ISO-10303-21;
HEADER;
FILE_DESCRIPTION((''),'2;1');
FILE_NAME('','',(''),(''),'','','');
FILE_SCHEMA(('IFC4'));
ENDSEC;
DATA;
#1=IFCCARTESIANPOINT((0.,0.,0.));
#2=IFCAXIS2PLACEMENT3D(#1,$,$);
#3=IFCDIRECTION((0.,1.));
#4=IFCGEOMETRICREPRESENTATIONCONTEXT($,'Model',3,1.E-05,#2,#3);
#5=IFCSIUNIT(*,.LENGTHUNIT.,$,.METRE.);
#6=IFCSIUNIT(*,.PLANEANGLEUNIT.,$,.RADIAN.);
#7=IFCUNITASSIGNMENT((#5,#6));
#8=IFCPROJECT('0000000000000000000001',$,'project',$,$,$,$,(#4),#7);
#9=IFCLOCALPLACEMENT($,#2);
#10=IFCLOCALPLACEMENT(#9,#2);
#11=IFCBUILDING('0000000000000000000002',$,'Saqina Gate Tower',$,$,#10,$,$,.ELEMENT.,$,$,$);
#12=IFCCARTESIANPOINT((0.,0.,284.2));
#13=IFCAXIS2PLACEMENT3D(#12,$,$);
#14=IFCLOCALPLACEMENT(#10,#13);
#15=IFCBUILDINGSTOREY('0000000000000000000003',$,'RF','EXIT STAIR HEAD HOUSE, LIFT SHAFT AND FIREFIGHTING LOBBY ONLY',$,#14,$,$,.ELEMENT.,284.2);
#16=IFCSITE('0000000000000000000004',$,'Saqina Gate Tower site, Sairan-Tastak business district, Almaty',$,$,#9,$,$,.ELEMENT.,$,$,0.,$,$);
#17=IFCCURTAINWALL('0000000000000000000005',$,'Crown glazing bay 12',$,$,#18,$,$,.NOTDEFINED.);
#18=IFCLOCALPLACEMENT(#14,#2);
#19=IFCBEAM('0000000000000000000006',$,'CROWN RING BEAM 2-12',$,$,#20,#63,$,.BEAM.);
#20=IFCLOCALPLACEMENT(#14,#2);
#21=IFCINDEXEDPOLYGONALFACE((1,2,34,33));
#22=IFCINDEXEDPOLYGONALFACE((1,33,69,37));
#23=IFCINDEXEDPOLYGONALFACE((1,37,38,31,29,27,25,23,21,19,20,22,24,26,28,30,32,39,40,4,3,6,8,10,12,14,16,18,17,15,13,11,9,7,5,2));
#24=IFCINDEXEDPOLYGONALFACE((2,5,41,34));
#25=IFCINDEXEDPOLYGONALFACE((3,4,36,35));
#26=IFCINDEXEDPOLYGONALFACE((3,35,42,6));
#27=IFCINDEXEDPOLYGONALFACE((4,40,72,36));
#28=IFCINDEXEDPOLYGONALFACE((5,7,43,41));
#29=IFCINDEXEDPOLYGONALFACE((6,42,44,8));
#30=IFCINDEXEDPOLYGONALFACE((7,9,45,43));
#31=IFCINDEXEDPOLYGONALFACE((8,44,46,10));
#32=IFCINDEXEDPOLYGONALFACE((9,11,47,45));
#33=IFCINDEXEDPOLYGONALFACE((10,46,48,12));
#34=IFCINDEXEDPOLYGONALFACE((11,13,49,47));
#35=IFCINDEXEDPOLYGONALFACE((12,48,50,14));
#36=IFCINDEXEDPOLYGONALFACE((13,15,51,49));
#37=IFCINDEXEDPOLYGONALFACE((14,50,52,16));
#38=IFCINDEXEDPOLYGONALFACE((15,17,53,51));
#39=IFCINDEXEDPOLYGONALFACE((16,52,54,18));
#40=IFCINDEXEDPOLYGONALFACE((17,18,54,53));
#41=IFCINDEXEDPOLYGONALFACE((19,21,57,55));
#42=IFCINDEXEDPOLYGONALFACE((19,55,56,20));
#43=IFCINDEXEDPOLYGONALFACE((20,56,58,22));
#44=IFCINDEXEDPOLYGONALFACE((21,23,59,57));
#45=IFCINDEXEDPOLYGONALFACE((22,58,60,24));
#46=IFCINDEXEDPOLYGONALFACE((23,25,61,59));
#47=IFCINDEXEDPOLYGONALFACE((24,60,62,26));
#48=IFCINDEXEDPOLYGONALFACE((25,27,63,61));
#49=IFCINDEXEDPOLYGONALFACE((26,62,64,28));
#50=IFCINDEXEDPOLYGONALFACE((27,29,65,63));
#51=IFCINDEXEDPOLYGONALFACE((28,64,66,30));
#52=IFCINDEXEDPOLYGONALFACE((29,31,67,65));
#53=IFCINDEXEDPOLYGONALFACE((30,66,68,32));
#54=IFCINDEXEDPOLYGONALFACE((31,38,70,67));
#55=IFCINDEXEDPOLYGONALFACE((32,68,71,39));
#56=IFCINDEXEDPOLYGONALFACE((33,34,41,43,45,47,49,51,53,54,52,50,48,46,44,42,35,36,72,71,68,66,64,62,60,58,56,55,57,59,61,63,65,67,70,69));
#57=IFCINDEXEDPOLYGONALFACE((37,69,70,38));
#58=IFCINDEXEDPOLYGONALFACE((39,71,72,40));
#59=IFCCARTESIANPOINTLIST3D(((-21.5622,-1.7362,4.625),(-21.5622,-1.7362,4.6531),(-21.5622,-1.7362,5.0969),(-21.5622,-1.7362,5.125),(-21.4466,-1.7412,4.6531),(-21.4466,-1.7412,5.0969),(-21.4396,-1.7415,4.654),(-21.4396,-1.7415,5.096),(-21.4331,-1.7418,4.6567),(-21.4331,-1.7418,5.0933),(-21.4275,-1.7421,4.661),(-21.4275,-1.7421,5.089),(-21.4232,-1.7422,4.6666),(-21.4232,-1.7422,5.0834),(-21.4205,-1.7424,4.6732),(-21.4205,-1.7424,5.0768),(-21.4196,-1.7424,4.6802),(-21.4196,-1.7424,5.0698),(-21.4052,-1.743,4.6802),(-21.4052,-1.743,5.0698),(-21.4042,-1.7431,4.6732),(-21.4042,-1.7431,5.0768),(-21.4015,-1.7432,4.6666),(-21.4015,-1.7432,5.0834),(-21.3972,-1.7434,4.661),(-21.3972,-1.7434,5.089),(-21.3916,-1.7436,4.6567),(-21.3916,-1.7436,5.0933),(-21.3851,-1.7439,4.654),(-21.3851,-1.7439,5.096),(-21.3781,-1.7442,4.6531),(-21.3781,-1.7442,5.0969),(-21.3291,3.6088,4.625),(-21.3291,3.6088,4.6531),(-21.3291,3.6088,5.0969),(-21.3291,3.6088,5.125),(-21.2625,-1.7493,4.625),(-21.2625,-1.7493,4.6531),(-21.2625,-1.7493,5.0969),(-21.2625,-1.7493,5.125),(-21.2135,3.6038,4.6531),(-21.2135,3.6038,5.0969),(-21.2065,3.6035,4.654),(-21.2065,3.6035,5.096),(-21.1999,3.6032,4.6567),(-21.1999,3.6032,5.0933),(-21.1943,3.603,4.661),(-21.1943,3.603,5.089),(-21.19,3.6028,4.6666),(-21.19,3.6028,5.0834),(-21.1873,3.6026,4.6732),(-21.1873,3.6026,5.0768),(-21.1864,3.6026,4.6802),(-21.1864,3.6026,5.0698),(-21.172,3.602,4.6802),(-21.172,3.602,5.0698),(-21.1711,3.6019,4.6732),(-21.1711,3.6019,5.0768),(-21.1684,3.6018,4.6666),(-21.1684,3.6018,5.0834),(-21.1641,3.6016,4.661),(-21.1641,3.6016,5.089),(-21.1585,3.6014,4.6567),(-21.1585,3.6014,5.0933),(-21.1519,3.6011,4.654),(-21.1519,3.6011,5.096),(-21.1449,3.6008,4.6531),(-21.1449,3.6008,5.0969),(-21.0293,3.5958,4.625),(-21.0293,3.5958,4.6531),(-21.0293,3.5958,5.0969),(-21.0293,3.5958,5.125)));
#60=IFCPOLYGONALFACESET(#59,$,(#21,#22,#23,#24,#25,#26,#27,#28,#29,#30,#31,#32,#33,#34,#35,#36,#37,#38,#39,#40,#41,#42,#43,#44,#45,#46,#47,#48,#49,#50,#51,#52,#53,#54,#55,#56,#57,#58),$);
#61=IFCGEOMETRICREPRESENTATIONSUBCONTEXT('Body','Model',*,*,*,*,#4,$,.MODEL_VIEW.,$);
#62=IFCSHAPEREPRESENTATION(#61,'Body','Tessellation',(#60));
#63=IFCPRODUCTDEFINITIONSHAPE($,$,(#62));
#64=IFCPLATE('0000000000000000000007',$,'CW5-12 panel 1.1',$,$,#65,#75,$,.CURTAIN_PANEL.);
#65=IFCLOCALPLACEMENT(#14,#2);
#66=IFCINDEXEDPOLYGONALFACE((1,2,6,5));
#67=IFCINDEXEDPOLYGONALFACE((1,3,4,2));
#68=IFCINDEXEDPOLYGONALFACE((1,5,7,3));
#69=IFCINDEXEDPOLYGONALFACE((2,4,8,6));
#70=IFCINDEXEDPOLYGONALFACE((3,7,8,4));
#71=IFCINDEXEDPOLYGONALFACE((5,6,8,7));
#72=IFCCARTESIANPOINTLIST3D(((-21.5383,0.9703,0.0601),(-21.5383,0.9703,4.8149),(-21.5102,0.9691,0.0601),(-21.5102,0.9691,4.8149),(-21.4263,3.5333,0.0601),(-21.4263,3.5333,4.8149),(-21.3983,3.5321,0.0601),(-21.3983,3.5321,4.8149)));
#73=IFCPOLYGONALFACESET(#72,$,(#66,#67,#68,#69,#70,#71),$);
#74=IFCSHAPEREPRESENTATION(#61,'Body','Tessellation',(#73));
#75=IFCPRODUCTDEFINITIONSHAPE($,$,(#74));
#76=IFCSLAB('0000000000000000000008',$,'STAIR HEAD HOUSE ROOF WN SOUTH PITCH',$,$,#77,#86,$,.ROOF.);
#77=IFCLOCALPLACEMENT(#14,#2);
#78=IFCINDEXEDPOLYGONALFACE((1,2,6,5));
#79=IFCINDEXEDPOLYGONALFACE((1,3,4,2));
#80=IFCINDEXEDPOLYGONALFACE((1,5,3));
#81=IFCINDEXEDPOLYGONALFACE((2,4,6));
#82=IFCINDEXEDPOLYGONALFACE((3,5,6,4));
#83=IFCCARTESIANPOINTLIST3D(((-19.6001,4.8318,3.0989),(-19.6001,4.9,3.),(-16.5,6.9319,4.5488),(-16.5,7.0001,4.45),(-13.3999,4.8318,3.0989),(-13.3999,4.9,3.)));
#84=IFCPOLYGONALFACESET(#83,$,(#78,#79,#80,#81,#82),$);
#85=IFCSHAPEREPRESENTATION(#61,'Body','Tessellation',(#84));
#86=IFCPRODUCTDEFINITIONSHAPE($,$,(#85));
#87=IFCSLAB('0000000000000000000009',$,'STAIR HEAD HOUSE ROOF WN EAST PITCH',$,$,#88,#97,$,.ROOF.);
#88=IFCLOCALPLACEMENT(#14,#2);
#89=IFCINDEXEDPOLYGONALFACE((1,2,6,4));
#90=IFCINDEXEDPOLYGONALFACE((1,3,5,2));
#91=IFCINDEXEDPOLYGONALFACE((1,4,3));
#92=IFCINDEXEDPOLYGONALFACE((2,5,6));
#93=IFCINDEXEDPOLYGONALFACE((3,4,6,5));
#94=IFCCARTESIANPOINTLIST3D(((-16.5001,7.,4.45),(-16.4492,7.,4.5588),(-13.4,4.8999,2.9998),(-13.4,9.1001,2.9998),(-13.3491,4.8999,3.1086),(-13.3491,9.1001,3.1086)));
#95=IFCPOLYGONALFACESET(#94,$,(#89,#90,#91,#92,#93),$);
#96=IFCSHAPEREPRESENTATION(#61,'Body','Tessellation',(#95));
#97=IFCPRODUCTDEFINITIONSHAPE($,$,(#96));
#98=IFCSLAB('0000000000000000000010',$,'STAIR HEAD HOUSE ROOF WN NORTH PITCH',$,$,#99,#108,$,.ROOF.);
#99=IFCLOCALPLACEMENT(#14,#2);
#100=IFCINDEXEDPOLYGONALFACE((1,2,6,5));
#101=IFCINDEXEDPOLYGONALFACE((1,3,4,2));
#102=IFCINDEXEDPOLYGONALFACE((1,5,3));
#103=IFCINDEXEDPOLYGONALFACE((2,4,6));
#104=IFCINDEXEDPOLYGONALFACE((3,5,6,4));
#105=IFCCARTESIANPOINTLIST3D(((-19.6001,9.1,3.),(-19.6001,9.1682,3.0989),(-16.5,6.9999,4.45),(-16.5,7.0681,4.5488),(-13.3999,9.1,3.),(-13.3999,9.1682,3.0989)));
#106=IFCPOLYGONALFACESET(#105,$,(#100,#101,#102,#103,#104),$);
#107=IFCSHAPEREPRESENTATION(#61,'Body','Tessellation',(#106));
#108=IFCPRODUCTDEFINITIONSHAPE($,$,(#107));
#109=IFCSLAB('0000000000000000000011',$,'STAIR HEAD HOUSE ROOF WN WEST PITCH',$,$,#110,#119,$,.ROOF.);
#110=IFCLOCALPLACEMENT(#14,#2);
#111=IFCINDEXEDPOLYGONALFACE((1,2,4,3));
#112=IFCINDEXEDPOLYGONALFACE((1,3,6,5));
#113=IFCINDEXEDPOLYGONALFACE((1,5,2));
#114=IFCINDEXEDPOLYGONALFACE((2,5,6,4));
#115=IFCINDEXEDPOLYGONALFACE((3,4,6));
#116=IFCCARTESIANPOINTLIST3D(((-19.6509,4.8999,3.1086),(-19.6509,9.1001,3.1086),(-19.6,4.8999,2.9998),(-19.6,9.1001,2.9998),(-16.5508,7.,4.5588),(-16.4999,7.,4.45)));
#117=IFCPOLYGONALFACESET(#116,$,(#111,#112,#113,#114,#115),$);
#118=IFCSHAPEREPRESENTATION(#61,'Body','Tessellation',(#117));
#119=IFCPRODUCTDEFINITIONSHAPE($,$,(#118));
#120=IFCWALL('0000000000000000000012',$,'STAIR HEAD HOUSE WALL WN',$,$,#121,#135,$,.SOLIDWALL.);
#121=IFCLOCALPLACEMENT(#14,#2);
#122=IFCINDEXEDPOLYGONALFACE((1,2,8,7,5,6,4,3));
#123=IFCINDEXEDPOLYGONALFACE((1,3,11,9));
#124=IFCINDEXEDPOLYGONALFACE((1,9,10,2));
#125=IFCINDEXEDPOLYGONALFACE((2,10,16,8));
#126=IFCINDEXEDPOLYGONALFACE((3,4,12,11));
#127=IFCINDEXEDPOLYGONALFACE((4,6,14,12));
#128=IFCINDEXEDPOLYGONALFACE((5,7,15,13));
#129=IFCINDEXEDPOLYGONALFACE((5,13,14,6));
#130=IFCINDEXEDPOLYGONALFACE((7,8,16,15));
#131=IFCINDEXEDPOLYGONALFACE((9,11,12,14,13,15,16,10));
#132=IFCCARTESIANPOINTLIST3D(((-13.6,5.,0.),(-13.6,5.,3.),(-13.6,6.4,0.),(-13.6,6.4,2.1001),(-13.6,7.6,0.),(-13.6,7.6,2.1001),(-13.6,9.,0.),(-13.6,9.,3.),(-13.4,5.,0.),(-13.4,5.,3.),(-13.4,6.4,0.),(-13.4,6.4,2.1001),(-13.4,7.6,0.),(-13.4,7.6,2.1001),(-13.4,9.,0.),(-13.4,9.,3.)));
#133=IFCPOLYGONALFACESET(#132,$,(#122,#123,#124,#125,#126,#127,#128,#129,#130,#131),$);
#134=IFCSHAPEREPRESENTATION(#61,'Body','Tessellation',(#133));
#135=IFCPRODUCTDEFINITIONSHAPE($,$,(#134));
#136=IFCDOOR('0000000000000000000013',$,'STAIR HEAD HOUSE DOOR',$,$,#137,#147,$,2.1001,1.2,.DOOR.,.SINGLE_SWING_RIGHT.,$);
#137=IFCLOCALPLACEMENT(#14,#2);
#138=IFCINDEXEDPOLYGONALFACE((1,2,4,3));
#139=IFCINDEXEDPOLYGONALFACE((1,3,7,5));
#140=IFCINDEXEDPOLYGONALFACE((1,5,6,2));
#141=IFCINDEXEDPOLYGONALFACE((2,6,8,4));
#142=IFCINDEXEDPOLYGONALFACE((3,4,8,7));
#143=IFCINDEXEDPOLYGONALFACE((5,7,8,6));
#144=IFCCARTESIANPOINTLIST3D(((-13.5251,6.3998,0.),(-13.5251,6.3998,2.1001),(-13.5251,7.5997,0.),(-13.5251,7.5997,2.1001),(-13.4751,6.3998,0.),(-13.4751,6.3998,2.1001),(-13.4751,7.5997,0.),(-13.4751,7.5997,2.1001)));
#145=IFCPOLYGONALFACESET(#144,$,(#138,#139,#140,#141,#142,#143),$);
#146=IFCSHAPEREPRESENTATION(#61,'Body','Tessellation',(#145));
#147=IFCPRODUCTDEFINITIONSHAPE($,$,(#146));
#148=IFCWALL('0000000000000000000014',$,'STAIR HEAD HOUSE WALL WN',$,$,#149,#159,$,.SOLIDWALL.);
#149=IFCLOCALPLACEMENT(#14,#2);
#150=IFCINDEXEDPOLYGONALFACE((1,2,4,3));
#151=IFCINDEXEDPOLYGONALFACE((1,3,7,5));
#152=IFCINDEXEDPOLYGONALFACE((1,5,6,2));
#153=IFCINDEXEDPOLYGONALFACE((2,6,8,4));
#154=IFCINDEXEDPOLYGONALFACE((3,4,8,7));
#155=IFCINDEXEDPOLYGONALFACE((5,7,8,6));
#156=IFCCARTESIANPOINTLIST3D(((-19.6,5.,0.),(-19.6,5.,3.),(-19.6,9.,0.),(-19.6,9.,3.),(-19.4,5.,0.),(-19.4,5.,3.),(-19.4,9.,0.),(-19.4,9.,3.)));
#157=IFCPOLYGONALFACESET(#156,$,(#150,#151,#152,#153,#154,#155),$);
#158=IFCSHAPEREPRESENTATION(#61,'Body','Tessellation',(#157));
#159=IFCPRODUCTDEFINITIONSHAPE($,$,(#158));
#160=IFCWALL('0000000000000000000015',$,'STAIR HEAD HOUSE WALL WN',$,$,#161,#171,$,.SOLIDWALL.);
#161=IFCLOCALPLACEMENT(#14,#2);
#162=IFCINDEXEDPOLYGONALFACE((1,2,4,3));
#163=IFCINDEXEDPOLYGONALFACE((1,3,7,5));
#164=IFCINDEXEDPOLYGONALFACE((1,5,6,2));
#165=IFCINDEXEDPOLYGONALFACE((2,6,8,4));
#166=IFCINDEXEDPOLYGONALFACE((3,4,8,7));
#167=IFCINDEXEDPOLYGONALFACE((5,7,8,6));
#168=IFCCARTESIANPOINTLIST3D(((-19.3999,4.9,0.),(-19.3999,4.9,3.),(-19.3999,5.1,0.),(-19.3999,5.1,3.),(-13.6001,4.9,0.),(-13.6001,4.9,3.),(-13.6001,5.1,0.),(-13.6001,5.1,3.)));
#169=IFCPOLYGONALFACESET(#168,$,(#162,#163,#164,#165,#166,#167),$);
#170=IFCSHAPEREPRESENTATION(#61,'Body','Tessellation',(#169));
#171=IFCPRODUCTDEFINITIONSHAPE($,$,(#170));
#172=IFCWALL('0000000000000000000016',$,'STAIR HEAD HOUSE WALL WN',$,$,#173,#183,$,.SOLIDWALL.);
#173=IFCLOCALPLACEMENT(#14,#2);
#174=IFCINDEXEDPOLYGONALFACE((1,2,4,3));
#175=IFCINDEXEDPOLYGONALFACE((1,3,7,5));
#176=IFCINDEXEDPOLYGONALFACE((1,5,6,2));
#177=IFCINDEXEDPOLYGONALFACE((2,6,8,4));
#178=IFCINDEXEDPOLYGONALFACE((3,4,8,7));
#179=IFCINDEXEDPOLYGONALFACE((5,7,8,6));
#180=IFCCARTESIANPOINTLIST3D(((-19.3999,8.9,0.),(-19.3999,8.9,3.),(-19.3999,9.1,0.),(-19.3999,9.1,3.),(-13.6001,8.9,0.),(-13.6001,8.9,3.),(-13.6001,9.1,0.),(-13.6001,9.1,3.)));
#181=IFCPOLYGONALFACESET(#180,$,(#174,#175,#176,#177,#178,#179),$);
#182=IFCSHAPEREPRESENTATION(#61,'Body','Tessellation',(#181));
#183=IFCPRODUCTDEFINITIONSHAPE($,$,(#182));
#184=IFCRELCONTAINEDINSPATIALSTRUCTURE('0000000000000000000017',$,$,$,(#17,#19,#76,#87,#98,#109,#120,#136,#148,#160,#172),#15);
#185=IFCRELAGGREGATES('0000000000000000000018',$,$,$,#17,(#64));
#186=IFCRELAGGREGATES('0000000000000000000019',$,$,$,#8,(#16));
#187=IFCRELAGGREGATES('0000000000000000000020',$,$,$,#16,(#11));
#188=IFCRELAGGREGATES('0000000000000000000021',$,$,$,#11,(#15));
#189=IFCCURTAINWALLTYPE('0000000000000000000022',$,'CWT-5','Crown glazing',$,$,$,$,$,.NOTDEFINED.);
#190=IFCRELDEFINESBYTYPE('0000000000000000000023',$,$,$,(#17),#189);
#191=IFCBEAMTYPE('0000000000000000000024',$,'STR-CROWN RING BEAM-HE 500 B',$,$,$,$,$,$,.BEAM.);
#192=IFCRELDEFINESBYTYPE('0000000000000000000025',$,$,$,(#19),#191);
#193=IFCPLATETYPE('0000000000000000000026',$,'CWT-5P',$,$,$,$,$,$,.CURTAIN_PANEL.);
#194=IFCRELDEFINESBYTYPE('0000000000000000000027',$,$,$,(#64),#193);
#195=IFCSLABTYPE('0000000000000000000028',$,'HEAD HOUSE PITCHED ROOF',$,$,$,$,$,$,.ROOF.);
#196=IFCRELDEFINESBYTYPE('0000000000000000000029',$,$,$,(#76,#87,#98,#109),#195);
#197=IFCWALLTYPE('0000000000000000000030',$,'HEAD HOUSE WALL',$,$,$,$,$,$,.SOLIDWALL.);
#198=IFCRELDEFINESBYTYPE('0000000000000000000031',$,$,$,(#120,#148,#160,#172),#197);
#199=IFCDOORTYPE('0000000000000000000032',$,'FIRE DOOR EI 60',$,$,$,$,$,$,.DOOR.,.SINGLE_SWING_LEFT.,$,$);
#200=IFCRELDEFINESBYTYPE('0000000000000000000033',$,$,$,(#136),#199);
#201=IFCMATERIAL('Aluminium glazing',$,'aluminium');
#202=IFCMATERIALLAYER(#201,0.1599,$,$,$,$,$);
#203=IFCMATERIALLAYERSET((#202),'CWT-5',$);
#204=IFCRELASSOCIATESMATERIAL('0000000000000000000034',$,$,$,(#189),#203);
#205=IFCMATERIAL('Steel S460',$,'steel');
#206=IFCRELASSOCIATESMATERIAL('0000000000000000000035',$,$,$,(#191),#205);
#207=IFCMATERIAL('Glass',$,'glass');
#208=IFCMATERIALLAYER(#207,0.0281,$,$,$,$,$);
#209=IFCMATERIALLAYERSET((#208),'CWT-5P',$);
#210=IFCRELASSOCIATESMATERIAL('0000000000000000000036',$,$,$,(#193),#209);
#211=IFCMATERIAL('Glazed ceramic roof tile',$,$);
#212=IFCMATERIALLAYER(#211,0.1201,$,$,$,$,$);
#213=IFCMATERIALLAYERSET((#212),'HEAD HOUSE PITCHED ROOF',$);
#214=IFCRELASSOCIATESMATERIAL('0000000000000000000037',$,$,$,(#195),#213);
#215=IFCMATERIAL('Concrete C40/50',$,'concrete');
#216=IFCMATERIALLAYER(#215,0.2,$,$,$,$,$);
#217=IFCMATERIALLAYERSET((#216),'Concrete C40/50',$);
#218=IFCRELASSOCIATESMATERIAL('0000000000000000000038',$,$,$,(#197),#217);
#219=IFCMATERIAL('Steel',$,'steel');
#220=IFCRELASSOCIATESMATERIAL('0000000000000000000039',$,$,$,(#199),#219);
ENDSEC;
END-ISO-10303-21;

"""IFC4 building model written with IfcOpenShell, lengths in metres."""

from ifc_helpers import new_model, si_unit, direction, frame, frame_2d, origin, origin_2d, place, context, subcontext, project, spatial, polyline, rectangle, i_section, outline, extrude, material, layer, layer_set, material_profile, profile_set, type_object, element, fill, aggregate, save


model = new_model("IFC4")

# Units and contexts
model_context = context("Model", 3, precision=1e-05, world=origin(), true_north=direction((0.0, 1.0)))
body_context = subcontext(model_context, "Body", "Model", "MODEL_VIEW")
ifc_project = project(units=[si_unit("LENGTHUNIT", "METRE"), si_unit("PLANEANGLEUNIT", "RADIAN")], contexts=[model_context])

# Site, building, storey
site_placement = place(None, origin())
site = spatial("IfcSite", under=ifc_project, at=site_placement, Name="Saqina Gate Tower site, Sairan-Tastak business district, Almaty", CompositionType="ELEMENT", RefElevation=0.0)
building_placement = place(site_placement, origin())
building = spatial("IfcBuilding", under=site, at=building_placement, Name="Saqina Gate Tower", CompositionType="ELEMENT")
storey_placement = place(building_placement, frame((0.0, 0.0, 284.2)))
storey = spatial("IfcBuildingStorey", under=building, at=storey_placement, Name="RF", Description="EXIT STAIR HEAD HOUSE, LIFT SHAFT AND FIREFIGHTING LOBBY ONLY", CompositionType="ELEMENT", Elevation=284.2)

# Shared definitions
ifc_material_1 = material(Name="Aluminium glazing", Category="aluminium")
ifc_layer_1 = layer(ifc_material_1, 0.1599)
ifc_layer_set_1 = layer_set([ifc_layer_1], Name="CWT-5")
curtain_wall_type = type_object("IfcCurtainWallType", Name="CWT-5", Description="Crown glazing", PredefinedType="NOTDEFINED", material=ifc_layer_set_1)

# Curtain wall
curtain_wall_1_placement = place(storey_placement, origin())
curtain_wall_1 = element("IfcCurtainWall", 1, at=curtain_wall_1_placement, inside=storey, type_object=curtain_wall_type, Name="Crown glazing bay 12", PredefinedType="NOTDEFINED")

# Beam
ifc_material_2 = material(Name="Steel S460", Category="steel")
ifc_material_profile_1 = material_profile(ifc_material_2, i_section(OverallWidth=0.3, OverallDepth=0.5, WebThickness=0.0144, FlangeThickness=0.0281, FilletRadius=0.0271, at=origin_2d()), Name="HE 500 B")
ifc_profile_set_1 = profile_set([ifc_material_profile_1], Name="Steel S460")
beam_type = type_object("IfcBeamType", Name="STR-CROWN RING BEAM-HE 500 B", PredefinedType="BEAM", material=ifc_profile_set_1)
for number, where, z_axis, x_axis, name in (
    (2, (-21.1792, 3.6023, 4.875), (-0.04358, -0.99905, 0.0), (0.99905, -0.04358, 0.0), "CROWN RING BEAM 2-12"),
):
    element("IfcBeam", number, at=place(storey_placement, frame(where, z_axis=z_axis, x_axis=x_axis)), inside=storey, type_object=beam_type, Name=name, PredefinedType="BEAM", context=body_context, shape_type="SweptSolid", body=[
        extrude(i_section(OverallWidth=0.3, OverallDepth=0.5, WebThickness=0.0144, FlangeThickness=0.0281, FilletRadius=0.0271, at=origin_2d()), origin(), (0.0, 0.0, 1.0), 5.3501),
    ])

# Plate
ifc_material_3 = material(Name="Glass", Category="glass")
ifc_layer_2 = layer(ifc_material_3, 0.0281)
ifc_layer_set_2 = layer_set([ifc_layer_2], Name="CWT-5P")
plate_type = type_object("IfcPlateType", Name="CWT-5P", PredefinedType="CURTAIN_PANEL", material=ifc_layer_set_2)
plate_placement = place(storey_placement, frame((-21.4683, 2.2512, 0.0601), z_axis=(0.0, 0.0, 1.0), x_axis=(-0.043629, -0.999048, 0.0)))
plate = element("IfcPlate", 3, at=plate_placement, type_object=plate_type, Name="CW5-12 panel 1.1", PredefinedType="CURTAIN_PANEL", context=body_context, shape_type="SweptSolid", body=[
    extrude(rectangle(XDim=2.5654, YDim=0.0281, at=origin_2d()), origin(), (0.0, 0.0, 1.0), 4.7549),
])
aggregate(curtain_wall_1, [plate])

# Slabs
ifc_material_4 = material(Name="Glazed ceramic roof tile")
ifc_layer_3 = layer(ifc_material_4, 0.1201)
ifc_layer_set_3 = layer_set([ifc_layer_3], Name="HEAD HOUSE PITCHED ROOF")
slab_type = type_object("IfcSlabType", Name="HEAD HOUSE PITCHED ROOF", PredefinedType="ROOF", material=ifc_layer_set_3)
slab_1_placement = place(storey_placement, frame((-19.6001, 4.8318, 3.0989), z_axis=(0.0, -0.56816, 0.822918), x_axis=(1.0, 0.0, 0.0)))
element("IfcSlab", 4, at=slab_1_placement, inside=storey, type_object=slab_type, Name="STAIR HEAD HOUSE ROOF WN SOUTH PITCH", PredefinedType="ROOF", context=body_context, shape_type="SweptSolid", body=[
    extrude(outline(polyline([(0.0, 0.0), (6.2002, 0.0), (3.1001, 2.552), (0.0, 0.0)])), origin(), (0.0, 0.0, -1.0), 0.1201),
])
slab_2_placement = place(storey_placement, frame((-13.3491, 4.8999, 3.1086), z_axis=(0.423721, 0.0, 0.905793), x_axis=(0.0, 1.0, 0.0)))
element("IfcSlab", 5, at=slab_2_placement, inside=storey, type_object=slab_type, Name="STAIR HEAD HOUSE ROOF WN EAST PITCH", PredefinedType="ROOF", context=body_context, shape_type="SweptSolid", body=[
    extrude(outline(polyline([(0.0, 0.0), (4.2002, 0.0), (2.1001, 3.4225), (0.0, 0.0)])), origin(), (0.0, 0.0, -1.0), 0.1201),
])
slab_3_placement = place(storey_placement, frame((-13.3999, 9.1682, 3.0989), z_axis=(0.0, 0.56816, 0.822918), x_axis=(-1.0, 0.0, 0.0)))
element("IfcSlab", 6, at=slab_3_placement, inside=storey, type_object=slab_type, Name="STAIR HEAD HOUSE ROOF WN NORTH PITCH", PredefinedType="ROOF", context=body_context, shape_type="SweptSolid", body=[
    extrude(outline(polyline([(0.0, 0.0), (6.2002, 0.0), (3.1001, 2.552), (0.0, 0.0)])), origin(), (0.0, 0.0, -1.0), 0.1201),
])
slab_4_placement = place(storey_placement, frame((-19.6509, 9.1001, 3.1086), z_axis=(-0.423721, 0.0, 0.905793), x_axis=(0.0, -1.0, 0.0)))
element("IfcSlab", 7, at=slab_4_placement, inside=storey, type_object=slab_type, Name="STAIR HEAD HOUSE ROOF WN WEST PITCH", PredefinedType="ROOF", context=body_context, shape_type="SweptSolid", body=[
    extrude(outline(polyline([(0.0, 0.0), (4.2002, 0.0), (2.1001, 3.4225), (0.0, 0.0)])), origin(), (0.0, 0.0, -1.0), 0.1201),
])

# Wall, opening, door
ifc_material_5 = material(Name="Concrete C40/50", Category="concrete")
ifc_layer_4 = layer(ifc_material_5, 0.2)
ifc_layer_set_4 = layer_set([ifc_layer_4], Name="Concrete C40/50")
wall_type_1 = type_object("IfcWallType", Name="HEAD HOUSE WALL", PredefinedType="SOLIDWALL", material=ifc_layer_set_4)
wall_1_placement = place(storey_placement, frame((-13.5, 5.0, 0.0), z_axis=(0.0, 0.0, 1.0), x_axis=(0.0, 1.0, 0.0)))
wall_1 = element("IfcWall", 8, at=wall_1_placement, inside=storey, type_object=wall_type_1, Name="STAIR HEAD HOUSE WALL WN", PredefinedType="SOLIDWALL", context=body_context, shape_type="SweptSolid", body=[
    extrude(rectangle(XDim=4.0, YDim=0.2, at=frame_2d((2.0, 0.0))), origin(), (0.0, 0.0, 1.0), 3.0),
])
opening_placement = place(wall_1_placement, frame((1.3999, 0.0, 0.0)))
opening = element("IfcOpeningElement", 9, at=opening_placement, cuts=wall_1, PredefinedType="OPENING", context=body_context, shape_type="SweptSolid", body=[
    extrude(rectangle(XDim=1.2, YDim=2.1001, at=frame_2d((0.6001, 1.05))), frame((0.0, 0.1121, 0.0), z_axis=(0.0, -1.0, 0.0), x_axis=(1.0, 0.0, 0.0)), (0.0, 0.0, 1.0), 0.2239),
])
ifc_material_6 = material(Name="Steel", Category="steel")
door_type = type_object("IfcDoorType", Name="FIRE DOOR EI 60", OperationType="SINGLE_SWING_LEFT", PredefinedType="DOOR", material=ifc_material_6)
door_placement = place(opening_placement, frame((1.2, 0.0, 0.0), z_axis=(0.0, 0.0, 1.0), x_axis=(-1.0, 0.0, 0.0)))
door = element("IfcDoor", 10, at=door_placement, inside=storey, type_object=door_type, Name="STAIR HEAD HOUSE DOOR", OperationType="SINGLE_SWING_RIGHT", OverallHeight=2.1001, OverallWidth=1.2, PredefinedType="DOOR", context=body_context, shape_type="SweptSolid", body=[
    extrude(rectangle(XDim=1.2, YDim=2.1001, at=frame_2d((0.6001, 1.05))), frame((0.0, 0.0249, 0.0), z_axis=(0.0, -1.0, 0.0), x_axis=(1.0, 0.0, 0.0)), (0.0, 0.0, 1.0), 0.05),
])
fill(opening, door)

# Walls
wall_2_placement = place(storey_placement, frame((-19.5, 5.0, 0.0), z_axis=(0.0, 0.0, 1.0), x_axis=(0.0, 1.0, 0.0)))
element("IfcWall", 11, at=wall_2_placement, inside=storey, type_object=wall_type_1, Name="STAIR HEAD HOUSE WALL WN", PredefinedType="SOLIDWALL", context=body_context, shape_type="SweptSolid", body=[
    extrude(rectangle(XDim=4.0, YDim=0.2, at=frame_2d((2.0, 0.0))), origin(), (0.0, 0.0, 1.0), 3.0),
])
for number, where, z_axis, x_axis, name in (
    (12, (-13.6001, 5.0, 0.0), (0.0, 0.0, 1.0), (-1.0, 0.0, 0.0), "STAIR HEAD HOUSE WALL WN"),
    (13, (-13.6001, 9.0, 0.0), (0.0, 0.0, 1.0), (-1.0, 0.0, 0.0), "STAIR HEAD HOUSE WALL WN"),
):
    element("IfcWall", number, at=place(storey_placement, frame(where, z_axis=z_axis, x_axis=x_axis)), inside=storey, type_object=wall_type_1, Name=name, PredefinedType="SOLIDWALL", context=body_context, shape_type="SweptSolid", body=[
        extrude(rectangle(XDim=5.7998, YDim=0.2, at=frame_2d((2.8999, 0.0))), origin(), (0.0, 0.0, 1.0), 3.0),
    ])

save(model, "model.ifc")
